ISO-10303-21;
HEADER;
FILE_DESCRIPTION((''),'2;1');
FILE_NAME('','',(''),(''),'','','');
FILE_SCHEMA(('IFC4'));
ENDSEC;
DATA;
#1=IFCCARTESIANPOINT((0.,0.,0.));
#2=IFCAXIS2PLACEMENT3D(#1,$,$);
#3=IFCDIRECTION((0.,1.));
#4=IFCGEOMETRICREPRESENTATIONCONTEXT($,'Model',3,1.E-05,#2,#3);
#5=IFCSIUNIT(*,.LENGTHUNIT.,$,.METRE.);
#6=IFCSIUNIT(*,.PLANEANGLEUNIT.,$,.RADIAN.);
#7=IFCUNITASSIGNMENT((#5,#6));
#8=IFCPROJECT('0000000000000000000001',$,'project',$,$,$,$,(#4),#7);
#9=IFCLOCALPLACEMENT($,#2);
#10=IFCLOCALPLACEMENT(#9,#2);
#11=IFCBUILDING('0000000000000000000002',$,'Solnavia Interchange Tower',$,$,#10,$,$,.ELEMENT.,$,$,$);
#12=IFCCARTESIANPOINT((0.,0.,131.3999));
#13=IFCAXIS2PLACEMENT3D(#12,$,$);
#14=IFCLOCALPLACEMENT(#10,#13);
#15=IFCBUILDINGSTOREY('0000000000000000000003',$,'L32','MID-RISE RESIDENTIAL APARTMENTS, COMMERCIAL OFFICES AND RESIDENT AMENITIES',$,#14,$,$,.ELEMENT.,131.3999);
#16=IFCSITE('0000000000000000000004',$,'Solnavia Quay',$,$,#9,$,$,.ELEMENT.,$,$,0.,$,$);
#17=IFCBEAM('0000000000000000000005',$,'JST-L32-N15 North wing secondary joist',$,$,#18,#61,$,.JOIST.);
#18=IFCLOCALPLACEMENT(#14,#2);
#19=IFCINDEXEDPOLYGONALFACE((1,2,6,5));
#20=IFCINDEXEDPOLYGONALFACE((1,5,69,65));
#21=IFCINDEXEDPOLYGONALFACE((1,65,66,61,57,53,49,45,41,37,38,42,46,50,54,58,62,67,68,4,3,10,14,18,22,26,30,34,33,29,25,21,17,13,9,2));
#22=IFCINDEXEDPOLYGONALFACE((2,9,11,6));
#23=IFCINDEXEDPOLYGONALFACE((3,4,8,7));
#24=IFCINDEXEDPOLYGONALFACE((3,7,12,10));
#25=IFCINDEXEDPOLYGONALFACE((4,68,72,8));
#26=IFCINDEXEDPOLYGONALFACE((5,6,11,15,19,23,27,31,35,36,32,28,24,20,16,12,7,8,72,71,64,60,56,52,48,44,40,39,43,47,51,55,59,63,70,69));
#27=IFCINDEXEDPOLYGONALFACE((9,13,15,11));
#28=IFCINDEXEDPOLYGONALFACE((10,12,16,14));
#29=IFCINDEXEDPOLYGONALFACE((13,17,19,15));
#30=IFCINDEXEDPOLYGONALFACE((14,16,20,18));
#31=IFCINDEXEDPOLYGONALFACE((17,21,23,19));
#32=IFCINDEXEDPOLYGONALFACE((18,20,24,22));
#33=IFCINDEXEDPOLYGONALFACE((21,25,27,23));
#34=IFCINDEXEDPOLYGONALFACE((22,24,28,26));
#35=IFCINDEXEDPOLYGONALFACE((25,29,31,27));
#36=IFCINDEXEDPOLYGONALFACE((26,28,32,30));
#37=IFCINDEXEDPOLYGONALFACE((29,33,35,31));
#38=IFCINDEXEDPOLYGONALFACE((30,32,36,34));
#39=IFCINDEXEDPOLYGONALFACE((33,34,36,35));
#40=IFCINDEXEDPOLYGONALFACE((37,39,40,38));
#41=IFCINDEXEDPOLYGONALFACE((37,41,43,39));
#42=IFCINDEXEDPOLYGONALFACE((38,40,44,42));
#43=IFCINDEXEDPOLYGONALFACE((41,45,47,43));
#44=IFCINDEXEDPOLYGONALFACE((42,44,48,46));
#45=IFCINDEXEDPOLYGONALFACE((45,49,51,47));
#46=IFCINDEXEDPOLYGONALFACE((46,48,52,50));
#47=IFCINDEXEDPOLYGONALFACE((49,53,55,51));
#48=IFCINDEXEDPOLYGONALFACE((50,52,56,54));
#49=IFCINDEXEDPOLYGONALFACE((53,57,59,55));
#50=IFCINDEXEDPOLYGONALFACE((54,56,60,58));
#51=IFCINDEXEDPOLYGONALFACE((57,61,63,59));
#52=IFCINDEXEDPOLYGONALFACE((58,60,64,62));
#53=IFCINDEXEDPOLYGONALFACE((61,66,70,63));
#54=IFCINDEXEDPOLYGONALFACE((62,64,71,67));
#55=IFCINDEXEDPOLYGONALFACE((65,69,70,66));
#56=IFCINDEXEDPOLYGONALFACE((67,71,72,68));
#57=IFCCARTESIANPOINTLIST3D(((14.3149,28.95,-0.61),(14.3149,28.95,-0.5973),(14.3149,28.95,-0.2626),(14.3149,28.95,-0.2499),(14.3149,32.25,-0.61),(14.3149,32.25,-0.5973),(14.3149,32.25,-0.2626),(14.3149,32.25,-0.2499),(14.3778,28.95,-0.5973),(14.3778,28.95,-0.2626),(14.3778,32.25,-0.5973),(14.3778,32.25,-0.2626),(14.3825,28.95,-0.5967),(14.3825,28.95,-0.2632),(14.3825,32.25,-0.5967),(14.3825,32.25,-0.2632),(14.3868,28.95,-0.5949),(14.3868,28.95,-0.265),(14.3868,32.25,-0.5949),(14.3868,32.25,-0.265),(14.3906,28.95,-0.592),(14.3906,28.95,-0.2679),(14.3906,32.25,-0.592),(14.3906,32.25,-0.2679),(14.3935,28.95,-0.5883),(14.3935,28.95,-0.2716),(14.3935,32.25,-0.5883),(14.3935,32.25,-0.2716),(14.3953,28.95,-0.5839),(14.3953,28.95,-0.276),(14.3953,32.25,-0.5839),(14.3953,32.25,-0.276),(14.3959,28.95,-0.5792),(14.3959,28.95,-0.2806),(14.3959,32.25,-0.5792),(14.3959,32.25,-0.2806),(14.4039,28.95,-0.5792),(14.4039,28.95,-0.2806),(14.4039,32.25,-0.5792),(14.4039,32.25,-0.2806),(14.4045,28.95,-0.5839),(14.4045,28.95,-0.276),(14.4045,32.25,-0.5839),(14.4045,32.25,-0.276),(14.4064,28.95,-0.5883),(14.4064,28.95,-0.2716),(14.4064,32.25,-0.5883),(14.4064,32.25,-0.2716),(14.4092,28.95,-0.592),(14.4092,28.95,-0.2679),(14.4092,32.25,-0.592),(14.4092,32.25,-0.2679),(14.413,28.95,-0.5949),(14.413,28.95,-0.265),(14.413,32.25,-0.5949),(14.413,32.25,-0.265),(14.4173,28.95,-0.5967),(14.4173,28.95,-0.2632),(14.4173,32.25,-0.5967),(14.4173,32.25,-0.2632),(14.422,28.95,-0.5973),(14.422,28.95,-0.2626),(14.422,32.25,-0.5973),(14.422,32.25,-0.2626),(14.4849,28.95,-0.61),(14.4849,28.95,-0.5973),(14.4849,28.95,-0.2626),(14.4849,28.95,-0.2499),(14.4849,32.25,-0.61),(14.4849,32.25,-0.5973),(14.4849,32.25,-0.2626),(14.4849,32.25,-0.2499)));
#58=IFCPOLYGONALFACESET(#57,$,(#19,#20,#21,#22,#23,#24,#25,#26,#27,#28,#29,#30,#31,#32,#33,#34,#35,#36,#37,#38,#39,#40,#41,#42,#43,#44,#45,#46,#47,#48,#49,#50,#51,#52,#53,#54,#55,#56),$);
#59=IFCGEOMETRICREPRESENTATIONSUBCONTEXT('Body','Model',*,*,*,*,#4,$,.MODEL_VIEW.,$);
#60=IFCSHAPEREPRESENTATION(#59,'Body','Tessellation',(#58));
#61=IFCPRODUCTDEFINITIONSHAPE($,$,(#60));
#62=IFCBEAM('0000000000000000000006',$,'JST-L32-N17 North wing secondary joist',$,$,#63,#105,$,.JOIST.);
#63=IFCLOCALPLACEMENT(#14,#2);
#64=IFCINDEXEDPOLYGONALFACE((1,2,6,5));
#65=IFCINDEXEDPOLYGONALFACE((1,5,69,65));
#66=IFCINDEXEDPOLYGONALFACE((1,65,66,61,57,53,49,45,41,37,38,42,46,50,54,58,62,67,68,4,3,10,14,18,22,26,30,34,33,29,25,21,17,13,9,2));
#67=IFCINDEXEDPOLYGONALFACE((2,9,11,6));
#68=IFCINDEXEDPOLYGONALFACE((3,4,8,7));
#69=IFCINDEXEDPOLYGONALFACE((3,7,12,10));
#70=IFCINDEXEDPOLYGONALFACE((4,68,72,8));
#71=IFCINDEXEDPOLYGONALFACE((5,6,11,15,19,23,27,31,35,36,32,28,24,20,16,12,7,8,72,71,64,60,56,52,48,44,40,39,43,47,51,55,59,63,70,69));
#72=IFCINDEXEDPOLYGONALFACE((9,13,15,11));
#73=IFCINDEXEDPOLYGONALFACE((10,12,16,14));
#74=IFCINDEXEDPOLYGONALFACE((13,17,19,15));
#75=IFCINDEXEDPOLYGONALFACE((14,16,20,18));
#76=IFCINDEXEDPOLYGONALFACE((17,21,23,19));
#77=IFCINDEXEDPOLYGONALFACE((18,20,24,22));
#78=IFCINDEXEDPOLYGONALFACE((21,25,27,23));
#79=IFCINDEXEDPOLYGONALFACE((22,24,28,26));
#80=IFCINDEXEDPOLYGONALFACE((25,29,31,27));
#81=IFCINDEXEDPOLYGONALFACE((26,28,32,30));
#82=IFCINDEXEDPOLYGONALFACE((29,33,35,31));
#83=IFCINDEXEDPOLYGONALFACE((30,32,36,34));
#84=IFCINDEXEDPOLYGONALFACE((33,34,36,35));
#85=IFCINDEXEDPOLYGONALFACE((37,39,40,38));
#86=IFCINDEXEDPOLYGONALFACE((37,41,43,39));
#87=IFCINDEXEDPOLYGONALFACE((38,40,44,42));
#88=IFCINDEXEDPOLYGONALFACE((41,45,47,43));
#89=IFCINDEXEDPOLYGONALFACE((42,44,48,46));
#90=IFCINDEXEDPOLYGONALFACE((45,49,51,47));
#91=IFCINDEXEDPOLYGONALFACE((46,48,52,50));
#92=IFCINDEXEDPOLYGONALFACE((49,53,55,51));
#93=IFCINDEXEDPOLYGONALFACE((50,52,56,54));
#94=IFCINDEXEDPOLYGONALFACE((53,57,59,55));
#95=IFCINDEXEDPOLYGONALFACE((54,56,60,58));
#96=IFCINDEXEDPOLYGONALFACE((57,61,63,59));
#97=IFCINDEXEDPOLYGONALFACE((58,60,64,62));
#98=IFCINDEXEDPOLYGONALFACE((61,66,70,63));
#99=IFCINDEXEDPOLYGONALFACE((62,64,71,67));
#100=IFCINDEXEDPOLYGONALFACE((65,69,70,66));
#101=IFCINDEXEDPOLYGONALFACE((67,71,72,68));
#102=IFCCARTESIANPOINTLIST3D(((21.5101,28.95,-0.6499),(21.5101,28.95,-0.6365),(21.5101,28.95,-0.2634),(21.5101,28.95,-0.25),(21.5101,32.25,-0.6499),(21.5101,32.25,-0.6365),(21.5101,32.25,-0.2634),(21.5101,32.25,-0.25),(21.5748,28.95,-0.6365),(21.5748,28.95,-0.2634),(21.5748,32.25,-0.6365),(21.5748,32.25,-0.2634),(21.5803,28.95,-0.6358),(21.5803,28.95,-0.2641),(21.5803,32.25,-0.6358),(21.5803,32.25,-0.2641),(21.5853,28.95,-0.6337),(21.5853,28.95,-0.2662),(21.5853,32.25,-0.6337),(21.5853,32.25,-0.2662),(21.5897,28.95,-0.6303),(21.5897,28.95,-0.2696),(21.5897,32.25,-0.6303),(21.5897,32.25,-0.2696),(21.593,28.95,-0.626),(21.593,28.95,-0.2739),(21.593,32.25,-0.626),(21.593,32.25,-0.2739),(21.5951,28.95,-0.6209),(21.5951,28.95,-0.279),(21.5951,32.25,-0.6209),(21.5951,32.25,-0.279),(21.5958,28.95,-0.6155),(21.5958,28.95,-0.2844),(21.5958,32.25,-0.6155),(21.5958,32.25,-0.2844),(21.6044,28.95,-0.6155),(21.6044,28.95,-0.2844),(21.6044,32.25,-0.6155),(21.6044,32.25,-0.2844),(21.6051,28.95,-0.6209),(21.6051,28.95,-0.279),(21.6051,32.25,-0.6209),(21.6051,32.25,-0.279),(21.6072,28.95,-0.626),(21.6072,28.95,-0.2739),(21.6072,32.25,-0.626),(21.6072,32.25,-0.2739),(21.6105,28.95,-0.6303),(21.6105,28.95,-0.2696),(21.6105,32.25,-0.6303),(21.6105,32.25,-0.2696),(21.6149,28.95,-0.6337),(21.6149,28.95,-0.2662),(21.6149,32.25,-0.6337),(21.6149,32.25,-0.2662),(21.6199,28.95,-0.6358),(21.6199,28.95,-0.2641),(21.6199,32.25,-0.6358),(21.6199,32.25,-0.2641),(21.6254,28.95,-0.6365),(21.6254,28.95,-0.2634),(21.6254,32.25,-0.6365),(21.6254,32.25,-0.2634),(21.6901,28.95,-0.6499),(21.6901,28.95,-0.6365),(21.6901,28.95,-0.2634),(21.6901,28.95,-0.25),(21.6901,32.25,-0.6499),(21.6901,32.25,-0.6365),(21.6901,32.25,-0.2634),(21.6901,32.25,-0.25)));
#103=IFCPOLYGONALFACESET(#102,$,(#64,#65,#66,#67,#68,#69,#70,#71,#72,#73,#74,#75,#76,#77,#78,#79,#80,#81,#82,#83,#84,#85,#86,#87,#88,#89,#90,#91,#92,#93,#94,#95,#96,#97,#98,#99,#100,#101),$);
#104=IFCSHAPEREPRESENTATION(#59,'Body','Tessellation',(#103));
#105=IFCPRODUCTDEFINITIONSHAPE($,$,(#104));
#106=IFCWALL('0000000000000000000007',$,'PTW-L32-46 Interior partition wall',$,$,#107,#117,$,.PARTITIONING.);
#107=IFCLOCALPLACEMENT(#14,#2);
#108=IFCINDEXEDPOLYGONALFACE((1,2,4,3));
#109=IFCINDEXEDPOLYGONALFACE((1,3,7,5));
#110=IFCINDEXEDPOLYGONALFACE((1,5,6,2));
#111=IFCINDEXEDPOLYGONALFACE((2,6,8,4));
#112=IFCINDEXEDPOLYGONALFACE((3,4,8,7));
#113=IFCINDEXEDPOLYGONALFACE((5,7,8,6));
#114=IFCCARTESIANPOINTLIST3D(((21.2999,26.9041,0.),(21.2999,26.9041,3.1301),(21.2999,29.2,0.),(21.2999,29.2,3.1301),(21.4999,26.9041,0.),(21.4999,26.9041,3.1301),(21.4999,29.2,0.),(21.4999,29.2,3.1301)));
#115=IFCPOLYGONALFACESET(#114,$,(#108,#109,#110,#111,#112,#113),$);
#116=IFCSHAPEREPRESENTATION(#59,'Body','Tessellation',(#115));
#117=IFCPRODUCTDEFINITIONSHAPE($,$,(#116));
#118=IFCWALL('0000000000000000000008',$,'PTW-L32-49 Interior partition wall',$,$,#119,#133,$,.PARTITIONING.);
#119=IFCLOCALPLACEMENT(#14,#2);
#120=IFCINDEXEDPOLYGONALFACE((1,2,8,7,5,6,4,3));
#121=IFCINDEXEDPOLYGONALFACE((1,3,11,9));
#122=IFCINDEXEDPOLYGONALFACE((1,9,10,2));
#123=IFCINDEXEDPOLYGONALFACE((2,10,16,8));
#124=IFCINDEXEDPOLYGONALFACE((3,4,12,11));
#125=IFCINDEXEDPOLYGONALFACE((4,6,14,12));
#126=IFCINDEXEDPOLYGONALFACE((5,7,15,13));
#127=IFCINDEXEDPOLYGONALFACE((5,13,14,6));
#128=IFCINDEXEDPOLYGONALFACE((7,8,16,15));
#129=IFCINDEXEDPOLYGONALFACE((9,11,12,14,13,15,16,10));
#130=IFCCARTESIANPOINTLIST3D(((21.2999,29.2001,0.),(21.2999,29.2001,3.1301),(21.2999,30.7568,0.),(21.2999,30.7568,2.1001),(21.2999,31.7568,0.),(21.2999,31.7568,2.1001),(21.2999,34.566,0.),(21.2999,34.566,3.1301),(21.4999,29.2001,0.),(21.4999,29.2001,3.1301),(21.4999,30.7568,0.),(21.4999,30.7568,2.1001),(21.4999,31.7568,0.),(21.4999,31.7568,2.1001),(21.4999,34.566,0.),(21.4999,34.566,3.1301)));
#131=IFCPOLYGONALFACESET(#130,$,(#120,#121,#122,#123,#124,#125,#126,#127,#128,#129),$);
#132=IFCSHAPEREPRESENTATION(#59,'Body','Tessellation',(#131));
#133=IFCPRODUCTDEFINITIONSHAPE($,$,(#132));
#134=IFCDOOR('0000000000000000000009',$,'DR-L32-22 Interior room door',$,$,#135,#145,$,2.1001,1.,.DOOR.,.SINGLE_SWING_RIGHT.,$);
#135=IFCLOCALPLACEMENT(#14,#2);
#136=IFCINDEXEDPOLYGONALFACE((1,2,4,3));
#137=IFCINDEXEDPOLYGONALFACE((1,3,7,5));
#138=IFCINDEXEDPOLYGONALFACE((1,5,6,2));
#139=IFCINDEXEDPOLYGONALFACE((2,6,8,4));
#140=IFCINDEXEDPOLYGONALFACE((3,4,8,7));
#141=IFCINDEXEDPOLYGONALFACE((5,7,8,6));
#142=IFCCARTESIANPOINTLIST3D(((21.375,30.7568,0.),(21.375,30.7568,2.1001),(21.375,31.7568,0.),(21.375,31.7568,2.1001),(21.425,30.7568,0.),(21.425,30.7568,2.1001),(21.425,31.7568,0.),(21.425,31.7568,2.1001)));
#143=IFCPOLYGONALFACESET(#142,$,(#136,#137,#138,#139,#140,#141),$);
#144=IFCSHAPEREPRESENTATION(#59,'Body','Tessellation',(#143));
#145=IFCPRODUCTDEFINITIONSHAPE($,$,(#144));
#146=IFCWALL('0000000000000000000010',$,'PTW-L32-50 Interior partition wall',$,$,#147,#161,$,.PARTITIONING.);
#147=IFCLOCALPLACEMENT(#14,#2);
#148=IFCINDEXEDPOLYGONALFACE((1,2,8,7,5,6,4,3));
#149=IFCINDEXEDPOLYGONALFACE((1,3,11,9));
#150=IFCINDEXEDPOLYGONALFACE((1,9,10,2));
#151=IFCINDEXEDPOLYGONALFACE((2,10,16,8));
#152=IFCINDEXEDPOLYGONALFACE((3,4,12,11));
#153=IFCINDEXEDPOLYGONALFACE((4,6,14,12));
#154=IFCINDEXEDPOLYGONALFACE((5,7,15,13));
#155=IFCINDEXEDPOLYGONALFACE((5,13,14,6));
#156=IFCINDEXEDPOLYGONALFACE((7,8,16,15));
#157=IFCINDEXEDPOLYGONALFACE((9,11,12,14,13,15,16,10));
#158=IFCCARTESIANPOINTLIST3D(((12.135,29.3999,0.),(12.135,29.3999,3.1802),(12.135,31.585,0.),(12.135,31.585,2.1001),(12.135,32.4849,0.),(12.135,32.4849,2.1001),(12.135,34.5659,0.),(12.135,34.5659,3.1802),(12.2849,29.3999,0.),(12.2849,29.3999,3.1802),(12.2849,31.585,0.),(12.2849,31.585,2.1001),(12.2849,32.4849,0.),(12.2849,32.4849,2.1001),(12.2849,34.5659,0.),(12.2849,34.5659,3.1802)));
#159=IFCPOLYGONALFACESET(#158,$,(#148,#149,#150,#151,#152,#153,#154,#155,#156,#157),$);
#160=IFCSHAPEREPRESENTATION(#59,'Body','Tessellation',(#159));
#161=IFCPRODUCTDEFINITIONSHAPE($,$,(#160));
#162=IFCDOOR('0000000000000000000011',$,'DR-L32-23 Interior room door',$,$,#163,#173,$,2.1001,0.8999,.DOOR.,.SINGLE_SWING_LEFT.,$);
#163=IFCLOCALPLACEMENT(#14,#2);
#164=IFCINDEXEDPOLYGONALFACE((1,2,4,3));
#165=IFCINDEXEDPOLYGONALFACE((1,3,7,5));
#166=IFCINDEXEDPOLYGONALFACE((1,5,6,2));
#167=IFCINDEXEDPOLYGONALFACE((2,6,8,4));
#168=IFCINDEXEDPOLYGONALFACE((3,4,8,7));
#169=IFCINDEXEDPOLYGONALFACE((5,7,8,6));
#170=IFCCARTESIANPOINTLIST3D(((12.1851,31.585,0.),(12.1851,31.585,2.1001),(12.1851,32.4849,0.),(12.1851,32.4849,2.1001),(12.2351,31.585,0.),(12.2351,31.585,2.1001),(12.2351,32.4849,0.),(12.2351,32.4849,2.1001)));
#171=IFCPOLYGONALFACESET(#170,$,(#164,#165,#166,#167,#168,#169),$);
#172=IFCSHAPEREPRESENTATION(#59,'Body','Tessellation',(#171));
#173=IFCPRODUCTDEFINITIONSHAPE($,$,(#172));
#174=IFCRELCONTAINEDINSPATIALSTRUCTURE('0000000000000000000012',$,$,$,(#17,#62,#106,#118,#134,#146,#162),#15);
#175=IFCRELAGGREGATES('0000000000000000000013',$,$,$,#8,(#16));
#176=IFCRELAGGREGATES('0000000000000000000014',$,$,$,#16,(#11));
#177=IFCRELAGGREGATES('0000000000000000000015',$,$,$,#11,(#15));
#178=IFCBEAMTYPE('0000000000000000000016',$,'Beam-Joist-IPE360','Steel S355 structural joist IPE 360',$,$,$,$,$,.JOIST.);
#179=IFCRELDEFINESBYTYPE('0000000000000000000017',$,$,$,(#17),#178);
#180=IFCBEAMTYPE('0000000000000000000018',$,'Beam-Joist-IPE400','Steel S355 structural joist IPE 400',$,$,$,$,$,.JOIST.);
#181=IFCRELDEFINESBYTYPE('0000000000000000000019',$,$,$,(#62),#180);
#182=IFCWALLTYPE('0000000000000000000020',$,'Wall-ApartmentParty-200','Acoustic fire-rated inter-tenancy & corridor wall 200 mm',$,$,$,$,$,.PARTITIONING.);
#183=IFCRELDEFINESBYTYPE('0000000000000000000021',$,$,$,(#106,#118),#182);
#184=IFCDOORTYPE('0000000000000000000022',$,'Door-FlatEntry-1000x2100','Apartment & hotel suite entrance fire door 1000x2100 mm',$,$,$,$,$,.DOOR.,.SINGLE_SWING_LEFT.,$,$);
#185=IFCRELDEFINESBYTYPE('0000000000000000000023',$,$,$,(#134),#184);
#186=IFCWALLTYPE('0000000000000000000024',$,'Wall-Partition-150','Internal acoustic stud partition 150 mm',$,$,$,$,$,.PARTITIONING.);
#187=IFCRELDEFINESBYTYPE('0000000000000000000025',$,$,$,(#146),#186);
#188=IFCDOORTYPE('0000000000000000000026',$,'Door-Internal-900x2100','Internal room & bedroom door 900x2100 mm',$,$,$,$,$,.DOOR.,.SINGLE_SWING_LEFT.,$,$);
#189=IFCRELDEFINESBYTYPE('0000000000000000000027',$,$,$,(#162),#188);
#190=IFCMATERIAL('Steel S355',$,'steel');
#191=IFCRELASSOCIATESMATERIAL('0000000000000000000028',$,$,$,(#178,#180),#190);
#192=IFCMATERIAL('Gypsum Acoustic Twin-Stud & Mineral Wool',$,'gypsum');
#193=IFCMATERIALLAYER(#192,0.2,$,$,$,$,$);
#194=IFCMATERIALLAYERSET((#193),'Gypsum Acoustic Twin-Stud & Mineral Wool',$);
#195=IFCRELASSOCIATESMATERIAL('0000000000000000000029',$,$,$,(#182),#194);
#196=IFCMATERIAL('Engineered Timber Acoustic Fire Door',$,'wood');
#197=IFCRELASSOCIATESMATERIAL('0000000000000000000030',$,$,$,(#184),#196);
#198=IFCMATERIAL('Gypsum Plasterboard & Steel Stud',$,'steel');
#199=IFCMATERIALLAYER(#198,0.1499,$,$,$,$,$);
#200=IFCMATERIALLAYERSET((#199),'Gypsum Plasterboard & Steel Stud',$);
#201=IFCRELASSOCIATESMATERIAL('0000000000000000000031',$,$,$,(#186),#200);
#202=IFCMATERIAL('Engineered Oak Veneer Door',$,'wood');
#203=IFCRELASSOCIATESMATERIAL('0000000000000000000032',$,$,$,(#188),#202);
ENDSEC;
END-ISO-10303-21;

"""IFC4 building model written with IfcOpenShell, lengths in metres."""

from ifc_helpers import new_model, si_unit, direction, frame, frame_2d, origin, origin_2d, place, context, subcontext, project, spatial, rectangle, i_section, extrude, material, layer, layer_set, material_profile, profile_set, type_object, element, fill, save


model = new_model("IFC4")

# Units and contexts
model_context = context("Model", 3, precision=1e-05, world=origin(), true_north=direction((0.0, 1.0)))
body_context = subcontext(model_context, "Body", "Model", "MODEL_VIEW")
ifc_project = project(units=[si_unit("LENGTHUNIT", "METRE"), si_unit("PLANEANGLEUNIT", "RADIAN")], contexts=[model_context])

# Site, building, storey
site_placement = place(None, origin())
site = spatial("IfcSite", under=ifc_project, at=site_placement, Name="Solnavia Quay", CompositionType="ELEMENT", RefElevation=0.0)
building_placement = place(site_placement, origin())
building = spatial("IfcBuilding", under=site, at=building_placement, Name="Solnavia Interchange Tower", CompositionType="ELEMENT")
storey_placement = place(building_placement, frame((0.0, 0.0, 131.3999)))
storey = spatial("IfcBuildingStorey", under=building, at=storey_placement, Name="L32", Description="MID-RISE RESIDENTIAL APARTMENTS, COMMERCIAL OFFICES AND RESIDENT AMENITIES", CompositionType="ELEMENT", Elevation=131.3999)

# Shared definitions
ifc_material_1 = material(Name="Steel S355", Category="steel")

# Beams
ifc_material_profile_1 = material_profile(ifc_material_1, i_section(OverallWidth=0.1699, OverallDepth=0.3601, WebThickness=0.0081, FlangeThickness=0.0127, FilletRadius=0.0181, at=origin_2d()), Name="IPE 360")
ifc_profile_set_1 = profile_set([ifc_material_profile_1], Name="Steel S355")
beam_type_1 = type_object("IfcBeamType", Name="Beam-Joist-IPE360", Description="Steel S355 structural joist IPE 360", PredefinedType="JOIST", material=ifc_profile_set_1)
beam_1_placement = place(storey_placement, frame((14.3999, 28.95, -0.4299), z_axis=(0.0, 1.0, 0.0), x_axis=(-1.0, 0.0, 0.0)))
element("IfcBeam", 1, at=beam_1_placement, inside=storey, type_object=beam_type_1, Name="JST-L32-N15 North wing secondary joist", PredefinedType="JOIST", context=body_context, shape_type="SweptSolid", body=[
    extrude(i_section(OverallWidth=0.1699, OverallDepth=0.3601, WebThickness=0.0081, FlangeThickness=0.0127, FilletRadius=0.0181, at=origin_2d()), origin(), (0.0, 0.0, 1.0), 3.3),
])
ifc_material_profile_2 = material_profile(ifc_material_1, i_section(OverallWidth=0.1799, OverallDepth=0.3999, WebThickness=0.0085, FlangeThickness=0.0134, FilletRadius=0.021, at=origin_2d()), Name="IPE 400")
ifc_profile_set_2 = profile_set([ifc_material_profile_2], Name="Steel S355")
beam_type_2 = type_object("IfcBeamType", Name="Beam-Joist-IPE400", Description="Steel S355 structural joist IPE 400", PredefinedType="JOIST", material=ifc_profile_set_2)
beam_2_placement = place(storey_placement, frame((21.6001, 28.95, -0.45), z_axis=(0.0, 1.0, 0.0), x_axis=(-1.0, 0.0, 0.0)))
element("IfcBeam", 2, at=beam_2_placement, inside=storey, type_object=beam_type_2, Name="JST-L32-N17 North wing secondary joist", PredefinedType="JOIST", context=body_context, shape_type="SweptSolid", body=[
    extrude(i_section(OverallWidth=0.1799, OverallDepth=0.3999, WebThickness=0.0085, FlangeThickness=0.0134, FilletRadius=0.021, at=origin_2d()), origin(), (0.0, 0.0, 1.0), 3.3),
])

# Wall
ifc_material_2 = material(Name="Gypsum Acoustic Twin-Stud & Mineral Wool", Category="gypsum")
ifc_layer_1 = layer(ifc_material_2, 0.2)
ifc_layer_set_1 = layer_set([ifc_layer_1], Name="Gypsum Acoustic Twin-Stud & Mineral Wool")
wall_type_1 = type_object("IfcWallType", Name="Wall-ApartmentParty-200", Description="Acoustic fire-rated inter-tenancy & corridor wall 200 mm", PredefinedType="PARTITIONING", material=ifc_layer_set_1)
wall_1_placement = place(storey_placement, frame((21.3999, 26.9041, 0.0), z_axis=(0.0, 0.0, 1.0), x_axis=(0.0, 1.0, 0.0)))
element("IfcWall", 3, at=wall_1_placement, inside=storey, type_object=wall_type_1, Name="PTW-L32-46 Interior partition wall", PredefinedType="PARTITIONING", context=body_context, shape_type="SweptSolid", body=[
    extrude(rectangle(XDim=2.2959, YDim=0.2, at=frame_2d((1.1479, 0.0))), origin(), (0.0, 0.0, 1.0), 3.1301),
])

# Walls, openings, doors
wall_2_placement = place(storey_placement, frame((21.3999, 29.2, 0.0), z_axis=(0.0, 0.0, 1.0), x_axis=(0.0, 1.0, 0.0)))
wall_2 = element("IfcWall", 4, at=wall_2_placement, inside=storey, type_object=wall_type_1, Name="PTW-L32-49 Interior partition wall", PredefinedType="PARTITIONING", context=body_context, shape_type="SweptSolid", body=[
    extrude(rectangle(XDim=5.366, YDim=0.2, at=frame_2d((2.6831, 0.0))), origin(), (0.0, 0.0, 1.0), 3.1301),
])
opening_1_placement = place(wall_2_placement, frame((1.5569, 0.0, 0.0)))
opening_1 = element("IfcOpeningElement", 5, at=opening_1_placement, cuts=wall_2, PredefinedType="OPENING", context=body_context, shape_type="SweptSolid", body=[
    extrude(rectangle(XDim=1.0, YDim=2.1001, at=frame_2d((0.5, 1.05))), frame((0.0, 0.1099, 0.0), z_axis=(0.0, -1.0, 0.0), x_axis=(1.0, 0.0, 0.0)), (0.0, 0.0, 1.0), 0.22),
])
ifc_material_3 = material(Name="Engineered Timber Acoustic Fire Door", Category="wood")
door_type_1 = type_object("IfcDoorType", Name="Door-FlatEntry-1000x2100", Description="Apartment & hotel suite entrance fire door 1000x2100 mm", OperationType="SINGLE_SWING_LEFT", PredefinedType="DOOR", material=ifc_material_3)
door_1_placement = place(opening_1_placement, origin())
door_1 = element("IfcDoor", 6, at=door_1_placement, inside=storey, type_object=door_type_1, Name="DR-L32-22 Interior room door", OperationType="SINGLE_SWING_RIGHT", OverallHeight=2.1001, OverallWidth=1.0, PredefinedType="DOOR", context=body_context, shape_type="SweptSolid", body=[
    extrude(rectangle(XDim=1.0, YDim=2.1001, at=frame_2d((0.5, 1.05))), frame((0.0, 0.0249, 0.0), z_axis=(0.0, -1.0, 0.0), x_axis=(1.0, 0.0, 0.0)), (0.0, 0.0, 1.0), 0.05),
])
fill(opening_1, door_1)
ifc_material_4 = material(Name="Gypsum Plasterboard & Steel Stud", Category="steel")
ifc_layer_2 = layer(ifc_material_4, 0.1499)
ifc_layer_set_2 = layer_set([ifc_layer_2], Name="Gypsum Plasterboard & Steel Stud")
wall_type_2 = type_object("IfcWallType", Name="Wall-Partition-150", Description="Internal acoustic stud partition 150 mm", PredefinedType="PARTITIONING", material=ifc_layer_set_2)
wall_3_placement = place(storey_placement, frame((12.21, 29.3999, 0.0), z_axis=(0.0, 0.0, 1.0), x_axis=(0.0, 1.0, 0.0)))
wall_3 = element("IfcWall", 7, at=wall_3_placement, inside=storey, type_object=wall_type_2, Name="PTW-L32-50 Interior partition wall", PredefinedType="PARTITIONING", context=body_context, shape_type="SweptSolid", body=[
    extrude(rectangle(XDim=5.166, YDim=0.1499, at=frame_2d((2.583, 0.0))), origin(), (0.0, 0.0, 1.0), 3.1802),
])
opening_2_placement = place(wall_3_placement, frame((2.1851, 0.0, 0.0)))
opening_2 = element("IfcOpeningElement", 8, at=opening_2_placement, cuts=wall_3, PredefinedType="OPENING", context=body_context, shape_type="SweptSolid", body=[
    extrude(rectangle(XDim=0.8999, YDim=2.1001, at=frame_2d((0.45, 1.05))), frame((0.0, 0.085, 0.0), z_axis=(0.0, -1.0, 0.0), x_axis=(1.0, 0.0, 0.0)), (0.0, 0.0, 1.0), 0.1699),
])
ifc_material_5 = material(Name="Engineered Oak Veneer Door", Category="wood")
door_type_2 = type_object("IfcDoorType", Name="Door-Internal-900x2100", Description="Internal room & bedroom door 900x2100 mm", OperationType="SINGLE_SWING_LEFT", PredefinedType="DOOR", material=ifc_material_5)
door_2_placement = place(opening_2_placement, origin())
door_2 = element("IfcDoor", 9, at=door_2_placement, inside=storey, type_object=door_type_2, Name="DR-L32-23 Interior room door", OperationType="SINGLE_SWING_LEFT", OverallHeight=2.1001, OverallWidth=0.8999, PredefinedType="DOOR", context=body_context, shape_type="SweptSolid", body=[
    extrude(rectangle(XDim=0.8999, YDim=2.1001, at=frame_2d((0.45, 1.05))), frame((0.0, 0.0249, 0.0), z_axis=(0.0, -1.0, 0.0), x_axis=(1.0, 0.0, 0.0)), (0.0, 0.0, 1.0), 0.05),
])
fill(opening_2, door_2)

save(model, "model.ifc")
